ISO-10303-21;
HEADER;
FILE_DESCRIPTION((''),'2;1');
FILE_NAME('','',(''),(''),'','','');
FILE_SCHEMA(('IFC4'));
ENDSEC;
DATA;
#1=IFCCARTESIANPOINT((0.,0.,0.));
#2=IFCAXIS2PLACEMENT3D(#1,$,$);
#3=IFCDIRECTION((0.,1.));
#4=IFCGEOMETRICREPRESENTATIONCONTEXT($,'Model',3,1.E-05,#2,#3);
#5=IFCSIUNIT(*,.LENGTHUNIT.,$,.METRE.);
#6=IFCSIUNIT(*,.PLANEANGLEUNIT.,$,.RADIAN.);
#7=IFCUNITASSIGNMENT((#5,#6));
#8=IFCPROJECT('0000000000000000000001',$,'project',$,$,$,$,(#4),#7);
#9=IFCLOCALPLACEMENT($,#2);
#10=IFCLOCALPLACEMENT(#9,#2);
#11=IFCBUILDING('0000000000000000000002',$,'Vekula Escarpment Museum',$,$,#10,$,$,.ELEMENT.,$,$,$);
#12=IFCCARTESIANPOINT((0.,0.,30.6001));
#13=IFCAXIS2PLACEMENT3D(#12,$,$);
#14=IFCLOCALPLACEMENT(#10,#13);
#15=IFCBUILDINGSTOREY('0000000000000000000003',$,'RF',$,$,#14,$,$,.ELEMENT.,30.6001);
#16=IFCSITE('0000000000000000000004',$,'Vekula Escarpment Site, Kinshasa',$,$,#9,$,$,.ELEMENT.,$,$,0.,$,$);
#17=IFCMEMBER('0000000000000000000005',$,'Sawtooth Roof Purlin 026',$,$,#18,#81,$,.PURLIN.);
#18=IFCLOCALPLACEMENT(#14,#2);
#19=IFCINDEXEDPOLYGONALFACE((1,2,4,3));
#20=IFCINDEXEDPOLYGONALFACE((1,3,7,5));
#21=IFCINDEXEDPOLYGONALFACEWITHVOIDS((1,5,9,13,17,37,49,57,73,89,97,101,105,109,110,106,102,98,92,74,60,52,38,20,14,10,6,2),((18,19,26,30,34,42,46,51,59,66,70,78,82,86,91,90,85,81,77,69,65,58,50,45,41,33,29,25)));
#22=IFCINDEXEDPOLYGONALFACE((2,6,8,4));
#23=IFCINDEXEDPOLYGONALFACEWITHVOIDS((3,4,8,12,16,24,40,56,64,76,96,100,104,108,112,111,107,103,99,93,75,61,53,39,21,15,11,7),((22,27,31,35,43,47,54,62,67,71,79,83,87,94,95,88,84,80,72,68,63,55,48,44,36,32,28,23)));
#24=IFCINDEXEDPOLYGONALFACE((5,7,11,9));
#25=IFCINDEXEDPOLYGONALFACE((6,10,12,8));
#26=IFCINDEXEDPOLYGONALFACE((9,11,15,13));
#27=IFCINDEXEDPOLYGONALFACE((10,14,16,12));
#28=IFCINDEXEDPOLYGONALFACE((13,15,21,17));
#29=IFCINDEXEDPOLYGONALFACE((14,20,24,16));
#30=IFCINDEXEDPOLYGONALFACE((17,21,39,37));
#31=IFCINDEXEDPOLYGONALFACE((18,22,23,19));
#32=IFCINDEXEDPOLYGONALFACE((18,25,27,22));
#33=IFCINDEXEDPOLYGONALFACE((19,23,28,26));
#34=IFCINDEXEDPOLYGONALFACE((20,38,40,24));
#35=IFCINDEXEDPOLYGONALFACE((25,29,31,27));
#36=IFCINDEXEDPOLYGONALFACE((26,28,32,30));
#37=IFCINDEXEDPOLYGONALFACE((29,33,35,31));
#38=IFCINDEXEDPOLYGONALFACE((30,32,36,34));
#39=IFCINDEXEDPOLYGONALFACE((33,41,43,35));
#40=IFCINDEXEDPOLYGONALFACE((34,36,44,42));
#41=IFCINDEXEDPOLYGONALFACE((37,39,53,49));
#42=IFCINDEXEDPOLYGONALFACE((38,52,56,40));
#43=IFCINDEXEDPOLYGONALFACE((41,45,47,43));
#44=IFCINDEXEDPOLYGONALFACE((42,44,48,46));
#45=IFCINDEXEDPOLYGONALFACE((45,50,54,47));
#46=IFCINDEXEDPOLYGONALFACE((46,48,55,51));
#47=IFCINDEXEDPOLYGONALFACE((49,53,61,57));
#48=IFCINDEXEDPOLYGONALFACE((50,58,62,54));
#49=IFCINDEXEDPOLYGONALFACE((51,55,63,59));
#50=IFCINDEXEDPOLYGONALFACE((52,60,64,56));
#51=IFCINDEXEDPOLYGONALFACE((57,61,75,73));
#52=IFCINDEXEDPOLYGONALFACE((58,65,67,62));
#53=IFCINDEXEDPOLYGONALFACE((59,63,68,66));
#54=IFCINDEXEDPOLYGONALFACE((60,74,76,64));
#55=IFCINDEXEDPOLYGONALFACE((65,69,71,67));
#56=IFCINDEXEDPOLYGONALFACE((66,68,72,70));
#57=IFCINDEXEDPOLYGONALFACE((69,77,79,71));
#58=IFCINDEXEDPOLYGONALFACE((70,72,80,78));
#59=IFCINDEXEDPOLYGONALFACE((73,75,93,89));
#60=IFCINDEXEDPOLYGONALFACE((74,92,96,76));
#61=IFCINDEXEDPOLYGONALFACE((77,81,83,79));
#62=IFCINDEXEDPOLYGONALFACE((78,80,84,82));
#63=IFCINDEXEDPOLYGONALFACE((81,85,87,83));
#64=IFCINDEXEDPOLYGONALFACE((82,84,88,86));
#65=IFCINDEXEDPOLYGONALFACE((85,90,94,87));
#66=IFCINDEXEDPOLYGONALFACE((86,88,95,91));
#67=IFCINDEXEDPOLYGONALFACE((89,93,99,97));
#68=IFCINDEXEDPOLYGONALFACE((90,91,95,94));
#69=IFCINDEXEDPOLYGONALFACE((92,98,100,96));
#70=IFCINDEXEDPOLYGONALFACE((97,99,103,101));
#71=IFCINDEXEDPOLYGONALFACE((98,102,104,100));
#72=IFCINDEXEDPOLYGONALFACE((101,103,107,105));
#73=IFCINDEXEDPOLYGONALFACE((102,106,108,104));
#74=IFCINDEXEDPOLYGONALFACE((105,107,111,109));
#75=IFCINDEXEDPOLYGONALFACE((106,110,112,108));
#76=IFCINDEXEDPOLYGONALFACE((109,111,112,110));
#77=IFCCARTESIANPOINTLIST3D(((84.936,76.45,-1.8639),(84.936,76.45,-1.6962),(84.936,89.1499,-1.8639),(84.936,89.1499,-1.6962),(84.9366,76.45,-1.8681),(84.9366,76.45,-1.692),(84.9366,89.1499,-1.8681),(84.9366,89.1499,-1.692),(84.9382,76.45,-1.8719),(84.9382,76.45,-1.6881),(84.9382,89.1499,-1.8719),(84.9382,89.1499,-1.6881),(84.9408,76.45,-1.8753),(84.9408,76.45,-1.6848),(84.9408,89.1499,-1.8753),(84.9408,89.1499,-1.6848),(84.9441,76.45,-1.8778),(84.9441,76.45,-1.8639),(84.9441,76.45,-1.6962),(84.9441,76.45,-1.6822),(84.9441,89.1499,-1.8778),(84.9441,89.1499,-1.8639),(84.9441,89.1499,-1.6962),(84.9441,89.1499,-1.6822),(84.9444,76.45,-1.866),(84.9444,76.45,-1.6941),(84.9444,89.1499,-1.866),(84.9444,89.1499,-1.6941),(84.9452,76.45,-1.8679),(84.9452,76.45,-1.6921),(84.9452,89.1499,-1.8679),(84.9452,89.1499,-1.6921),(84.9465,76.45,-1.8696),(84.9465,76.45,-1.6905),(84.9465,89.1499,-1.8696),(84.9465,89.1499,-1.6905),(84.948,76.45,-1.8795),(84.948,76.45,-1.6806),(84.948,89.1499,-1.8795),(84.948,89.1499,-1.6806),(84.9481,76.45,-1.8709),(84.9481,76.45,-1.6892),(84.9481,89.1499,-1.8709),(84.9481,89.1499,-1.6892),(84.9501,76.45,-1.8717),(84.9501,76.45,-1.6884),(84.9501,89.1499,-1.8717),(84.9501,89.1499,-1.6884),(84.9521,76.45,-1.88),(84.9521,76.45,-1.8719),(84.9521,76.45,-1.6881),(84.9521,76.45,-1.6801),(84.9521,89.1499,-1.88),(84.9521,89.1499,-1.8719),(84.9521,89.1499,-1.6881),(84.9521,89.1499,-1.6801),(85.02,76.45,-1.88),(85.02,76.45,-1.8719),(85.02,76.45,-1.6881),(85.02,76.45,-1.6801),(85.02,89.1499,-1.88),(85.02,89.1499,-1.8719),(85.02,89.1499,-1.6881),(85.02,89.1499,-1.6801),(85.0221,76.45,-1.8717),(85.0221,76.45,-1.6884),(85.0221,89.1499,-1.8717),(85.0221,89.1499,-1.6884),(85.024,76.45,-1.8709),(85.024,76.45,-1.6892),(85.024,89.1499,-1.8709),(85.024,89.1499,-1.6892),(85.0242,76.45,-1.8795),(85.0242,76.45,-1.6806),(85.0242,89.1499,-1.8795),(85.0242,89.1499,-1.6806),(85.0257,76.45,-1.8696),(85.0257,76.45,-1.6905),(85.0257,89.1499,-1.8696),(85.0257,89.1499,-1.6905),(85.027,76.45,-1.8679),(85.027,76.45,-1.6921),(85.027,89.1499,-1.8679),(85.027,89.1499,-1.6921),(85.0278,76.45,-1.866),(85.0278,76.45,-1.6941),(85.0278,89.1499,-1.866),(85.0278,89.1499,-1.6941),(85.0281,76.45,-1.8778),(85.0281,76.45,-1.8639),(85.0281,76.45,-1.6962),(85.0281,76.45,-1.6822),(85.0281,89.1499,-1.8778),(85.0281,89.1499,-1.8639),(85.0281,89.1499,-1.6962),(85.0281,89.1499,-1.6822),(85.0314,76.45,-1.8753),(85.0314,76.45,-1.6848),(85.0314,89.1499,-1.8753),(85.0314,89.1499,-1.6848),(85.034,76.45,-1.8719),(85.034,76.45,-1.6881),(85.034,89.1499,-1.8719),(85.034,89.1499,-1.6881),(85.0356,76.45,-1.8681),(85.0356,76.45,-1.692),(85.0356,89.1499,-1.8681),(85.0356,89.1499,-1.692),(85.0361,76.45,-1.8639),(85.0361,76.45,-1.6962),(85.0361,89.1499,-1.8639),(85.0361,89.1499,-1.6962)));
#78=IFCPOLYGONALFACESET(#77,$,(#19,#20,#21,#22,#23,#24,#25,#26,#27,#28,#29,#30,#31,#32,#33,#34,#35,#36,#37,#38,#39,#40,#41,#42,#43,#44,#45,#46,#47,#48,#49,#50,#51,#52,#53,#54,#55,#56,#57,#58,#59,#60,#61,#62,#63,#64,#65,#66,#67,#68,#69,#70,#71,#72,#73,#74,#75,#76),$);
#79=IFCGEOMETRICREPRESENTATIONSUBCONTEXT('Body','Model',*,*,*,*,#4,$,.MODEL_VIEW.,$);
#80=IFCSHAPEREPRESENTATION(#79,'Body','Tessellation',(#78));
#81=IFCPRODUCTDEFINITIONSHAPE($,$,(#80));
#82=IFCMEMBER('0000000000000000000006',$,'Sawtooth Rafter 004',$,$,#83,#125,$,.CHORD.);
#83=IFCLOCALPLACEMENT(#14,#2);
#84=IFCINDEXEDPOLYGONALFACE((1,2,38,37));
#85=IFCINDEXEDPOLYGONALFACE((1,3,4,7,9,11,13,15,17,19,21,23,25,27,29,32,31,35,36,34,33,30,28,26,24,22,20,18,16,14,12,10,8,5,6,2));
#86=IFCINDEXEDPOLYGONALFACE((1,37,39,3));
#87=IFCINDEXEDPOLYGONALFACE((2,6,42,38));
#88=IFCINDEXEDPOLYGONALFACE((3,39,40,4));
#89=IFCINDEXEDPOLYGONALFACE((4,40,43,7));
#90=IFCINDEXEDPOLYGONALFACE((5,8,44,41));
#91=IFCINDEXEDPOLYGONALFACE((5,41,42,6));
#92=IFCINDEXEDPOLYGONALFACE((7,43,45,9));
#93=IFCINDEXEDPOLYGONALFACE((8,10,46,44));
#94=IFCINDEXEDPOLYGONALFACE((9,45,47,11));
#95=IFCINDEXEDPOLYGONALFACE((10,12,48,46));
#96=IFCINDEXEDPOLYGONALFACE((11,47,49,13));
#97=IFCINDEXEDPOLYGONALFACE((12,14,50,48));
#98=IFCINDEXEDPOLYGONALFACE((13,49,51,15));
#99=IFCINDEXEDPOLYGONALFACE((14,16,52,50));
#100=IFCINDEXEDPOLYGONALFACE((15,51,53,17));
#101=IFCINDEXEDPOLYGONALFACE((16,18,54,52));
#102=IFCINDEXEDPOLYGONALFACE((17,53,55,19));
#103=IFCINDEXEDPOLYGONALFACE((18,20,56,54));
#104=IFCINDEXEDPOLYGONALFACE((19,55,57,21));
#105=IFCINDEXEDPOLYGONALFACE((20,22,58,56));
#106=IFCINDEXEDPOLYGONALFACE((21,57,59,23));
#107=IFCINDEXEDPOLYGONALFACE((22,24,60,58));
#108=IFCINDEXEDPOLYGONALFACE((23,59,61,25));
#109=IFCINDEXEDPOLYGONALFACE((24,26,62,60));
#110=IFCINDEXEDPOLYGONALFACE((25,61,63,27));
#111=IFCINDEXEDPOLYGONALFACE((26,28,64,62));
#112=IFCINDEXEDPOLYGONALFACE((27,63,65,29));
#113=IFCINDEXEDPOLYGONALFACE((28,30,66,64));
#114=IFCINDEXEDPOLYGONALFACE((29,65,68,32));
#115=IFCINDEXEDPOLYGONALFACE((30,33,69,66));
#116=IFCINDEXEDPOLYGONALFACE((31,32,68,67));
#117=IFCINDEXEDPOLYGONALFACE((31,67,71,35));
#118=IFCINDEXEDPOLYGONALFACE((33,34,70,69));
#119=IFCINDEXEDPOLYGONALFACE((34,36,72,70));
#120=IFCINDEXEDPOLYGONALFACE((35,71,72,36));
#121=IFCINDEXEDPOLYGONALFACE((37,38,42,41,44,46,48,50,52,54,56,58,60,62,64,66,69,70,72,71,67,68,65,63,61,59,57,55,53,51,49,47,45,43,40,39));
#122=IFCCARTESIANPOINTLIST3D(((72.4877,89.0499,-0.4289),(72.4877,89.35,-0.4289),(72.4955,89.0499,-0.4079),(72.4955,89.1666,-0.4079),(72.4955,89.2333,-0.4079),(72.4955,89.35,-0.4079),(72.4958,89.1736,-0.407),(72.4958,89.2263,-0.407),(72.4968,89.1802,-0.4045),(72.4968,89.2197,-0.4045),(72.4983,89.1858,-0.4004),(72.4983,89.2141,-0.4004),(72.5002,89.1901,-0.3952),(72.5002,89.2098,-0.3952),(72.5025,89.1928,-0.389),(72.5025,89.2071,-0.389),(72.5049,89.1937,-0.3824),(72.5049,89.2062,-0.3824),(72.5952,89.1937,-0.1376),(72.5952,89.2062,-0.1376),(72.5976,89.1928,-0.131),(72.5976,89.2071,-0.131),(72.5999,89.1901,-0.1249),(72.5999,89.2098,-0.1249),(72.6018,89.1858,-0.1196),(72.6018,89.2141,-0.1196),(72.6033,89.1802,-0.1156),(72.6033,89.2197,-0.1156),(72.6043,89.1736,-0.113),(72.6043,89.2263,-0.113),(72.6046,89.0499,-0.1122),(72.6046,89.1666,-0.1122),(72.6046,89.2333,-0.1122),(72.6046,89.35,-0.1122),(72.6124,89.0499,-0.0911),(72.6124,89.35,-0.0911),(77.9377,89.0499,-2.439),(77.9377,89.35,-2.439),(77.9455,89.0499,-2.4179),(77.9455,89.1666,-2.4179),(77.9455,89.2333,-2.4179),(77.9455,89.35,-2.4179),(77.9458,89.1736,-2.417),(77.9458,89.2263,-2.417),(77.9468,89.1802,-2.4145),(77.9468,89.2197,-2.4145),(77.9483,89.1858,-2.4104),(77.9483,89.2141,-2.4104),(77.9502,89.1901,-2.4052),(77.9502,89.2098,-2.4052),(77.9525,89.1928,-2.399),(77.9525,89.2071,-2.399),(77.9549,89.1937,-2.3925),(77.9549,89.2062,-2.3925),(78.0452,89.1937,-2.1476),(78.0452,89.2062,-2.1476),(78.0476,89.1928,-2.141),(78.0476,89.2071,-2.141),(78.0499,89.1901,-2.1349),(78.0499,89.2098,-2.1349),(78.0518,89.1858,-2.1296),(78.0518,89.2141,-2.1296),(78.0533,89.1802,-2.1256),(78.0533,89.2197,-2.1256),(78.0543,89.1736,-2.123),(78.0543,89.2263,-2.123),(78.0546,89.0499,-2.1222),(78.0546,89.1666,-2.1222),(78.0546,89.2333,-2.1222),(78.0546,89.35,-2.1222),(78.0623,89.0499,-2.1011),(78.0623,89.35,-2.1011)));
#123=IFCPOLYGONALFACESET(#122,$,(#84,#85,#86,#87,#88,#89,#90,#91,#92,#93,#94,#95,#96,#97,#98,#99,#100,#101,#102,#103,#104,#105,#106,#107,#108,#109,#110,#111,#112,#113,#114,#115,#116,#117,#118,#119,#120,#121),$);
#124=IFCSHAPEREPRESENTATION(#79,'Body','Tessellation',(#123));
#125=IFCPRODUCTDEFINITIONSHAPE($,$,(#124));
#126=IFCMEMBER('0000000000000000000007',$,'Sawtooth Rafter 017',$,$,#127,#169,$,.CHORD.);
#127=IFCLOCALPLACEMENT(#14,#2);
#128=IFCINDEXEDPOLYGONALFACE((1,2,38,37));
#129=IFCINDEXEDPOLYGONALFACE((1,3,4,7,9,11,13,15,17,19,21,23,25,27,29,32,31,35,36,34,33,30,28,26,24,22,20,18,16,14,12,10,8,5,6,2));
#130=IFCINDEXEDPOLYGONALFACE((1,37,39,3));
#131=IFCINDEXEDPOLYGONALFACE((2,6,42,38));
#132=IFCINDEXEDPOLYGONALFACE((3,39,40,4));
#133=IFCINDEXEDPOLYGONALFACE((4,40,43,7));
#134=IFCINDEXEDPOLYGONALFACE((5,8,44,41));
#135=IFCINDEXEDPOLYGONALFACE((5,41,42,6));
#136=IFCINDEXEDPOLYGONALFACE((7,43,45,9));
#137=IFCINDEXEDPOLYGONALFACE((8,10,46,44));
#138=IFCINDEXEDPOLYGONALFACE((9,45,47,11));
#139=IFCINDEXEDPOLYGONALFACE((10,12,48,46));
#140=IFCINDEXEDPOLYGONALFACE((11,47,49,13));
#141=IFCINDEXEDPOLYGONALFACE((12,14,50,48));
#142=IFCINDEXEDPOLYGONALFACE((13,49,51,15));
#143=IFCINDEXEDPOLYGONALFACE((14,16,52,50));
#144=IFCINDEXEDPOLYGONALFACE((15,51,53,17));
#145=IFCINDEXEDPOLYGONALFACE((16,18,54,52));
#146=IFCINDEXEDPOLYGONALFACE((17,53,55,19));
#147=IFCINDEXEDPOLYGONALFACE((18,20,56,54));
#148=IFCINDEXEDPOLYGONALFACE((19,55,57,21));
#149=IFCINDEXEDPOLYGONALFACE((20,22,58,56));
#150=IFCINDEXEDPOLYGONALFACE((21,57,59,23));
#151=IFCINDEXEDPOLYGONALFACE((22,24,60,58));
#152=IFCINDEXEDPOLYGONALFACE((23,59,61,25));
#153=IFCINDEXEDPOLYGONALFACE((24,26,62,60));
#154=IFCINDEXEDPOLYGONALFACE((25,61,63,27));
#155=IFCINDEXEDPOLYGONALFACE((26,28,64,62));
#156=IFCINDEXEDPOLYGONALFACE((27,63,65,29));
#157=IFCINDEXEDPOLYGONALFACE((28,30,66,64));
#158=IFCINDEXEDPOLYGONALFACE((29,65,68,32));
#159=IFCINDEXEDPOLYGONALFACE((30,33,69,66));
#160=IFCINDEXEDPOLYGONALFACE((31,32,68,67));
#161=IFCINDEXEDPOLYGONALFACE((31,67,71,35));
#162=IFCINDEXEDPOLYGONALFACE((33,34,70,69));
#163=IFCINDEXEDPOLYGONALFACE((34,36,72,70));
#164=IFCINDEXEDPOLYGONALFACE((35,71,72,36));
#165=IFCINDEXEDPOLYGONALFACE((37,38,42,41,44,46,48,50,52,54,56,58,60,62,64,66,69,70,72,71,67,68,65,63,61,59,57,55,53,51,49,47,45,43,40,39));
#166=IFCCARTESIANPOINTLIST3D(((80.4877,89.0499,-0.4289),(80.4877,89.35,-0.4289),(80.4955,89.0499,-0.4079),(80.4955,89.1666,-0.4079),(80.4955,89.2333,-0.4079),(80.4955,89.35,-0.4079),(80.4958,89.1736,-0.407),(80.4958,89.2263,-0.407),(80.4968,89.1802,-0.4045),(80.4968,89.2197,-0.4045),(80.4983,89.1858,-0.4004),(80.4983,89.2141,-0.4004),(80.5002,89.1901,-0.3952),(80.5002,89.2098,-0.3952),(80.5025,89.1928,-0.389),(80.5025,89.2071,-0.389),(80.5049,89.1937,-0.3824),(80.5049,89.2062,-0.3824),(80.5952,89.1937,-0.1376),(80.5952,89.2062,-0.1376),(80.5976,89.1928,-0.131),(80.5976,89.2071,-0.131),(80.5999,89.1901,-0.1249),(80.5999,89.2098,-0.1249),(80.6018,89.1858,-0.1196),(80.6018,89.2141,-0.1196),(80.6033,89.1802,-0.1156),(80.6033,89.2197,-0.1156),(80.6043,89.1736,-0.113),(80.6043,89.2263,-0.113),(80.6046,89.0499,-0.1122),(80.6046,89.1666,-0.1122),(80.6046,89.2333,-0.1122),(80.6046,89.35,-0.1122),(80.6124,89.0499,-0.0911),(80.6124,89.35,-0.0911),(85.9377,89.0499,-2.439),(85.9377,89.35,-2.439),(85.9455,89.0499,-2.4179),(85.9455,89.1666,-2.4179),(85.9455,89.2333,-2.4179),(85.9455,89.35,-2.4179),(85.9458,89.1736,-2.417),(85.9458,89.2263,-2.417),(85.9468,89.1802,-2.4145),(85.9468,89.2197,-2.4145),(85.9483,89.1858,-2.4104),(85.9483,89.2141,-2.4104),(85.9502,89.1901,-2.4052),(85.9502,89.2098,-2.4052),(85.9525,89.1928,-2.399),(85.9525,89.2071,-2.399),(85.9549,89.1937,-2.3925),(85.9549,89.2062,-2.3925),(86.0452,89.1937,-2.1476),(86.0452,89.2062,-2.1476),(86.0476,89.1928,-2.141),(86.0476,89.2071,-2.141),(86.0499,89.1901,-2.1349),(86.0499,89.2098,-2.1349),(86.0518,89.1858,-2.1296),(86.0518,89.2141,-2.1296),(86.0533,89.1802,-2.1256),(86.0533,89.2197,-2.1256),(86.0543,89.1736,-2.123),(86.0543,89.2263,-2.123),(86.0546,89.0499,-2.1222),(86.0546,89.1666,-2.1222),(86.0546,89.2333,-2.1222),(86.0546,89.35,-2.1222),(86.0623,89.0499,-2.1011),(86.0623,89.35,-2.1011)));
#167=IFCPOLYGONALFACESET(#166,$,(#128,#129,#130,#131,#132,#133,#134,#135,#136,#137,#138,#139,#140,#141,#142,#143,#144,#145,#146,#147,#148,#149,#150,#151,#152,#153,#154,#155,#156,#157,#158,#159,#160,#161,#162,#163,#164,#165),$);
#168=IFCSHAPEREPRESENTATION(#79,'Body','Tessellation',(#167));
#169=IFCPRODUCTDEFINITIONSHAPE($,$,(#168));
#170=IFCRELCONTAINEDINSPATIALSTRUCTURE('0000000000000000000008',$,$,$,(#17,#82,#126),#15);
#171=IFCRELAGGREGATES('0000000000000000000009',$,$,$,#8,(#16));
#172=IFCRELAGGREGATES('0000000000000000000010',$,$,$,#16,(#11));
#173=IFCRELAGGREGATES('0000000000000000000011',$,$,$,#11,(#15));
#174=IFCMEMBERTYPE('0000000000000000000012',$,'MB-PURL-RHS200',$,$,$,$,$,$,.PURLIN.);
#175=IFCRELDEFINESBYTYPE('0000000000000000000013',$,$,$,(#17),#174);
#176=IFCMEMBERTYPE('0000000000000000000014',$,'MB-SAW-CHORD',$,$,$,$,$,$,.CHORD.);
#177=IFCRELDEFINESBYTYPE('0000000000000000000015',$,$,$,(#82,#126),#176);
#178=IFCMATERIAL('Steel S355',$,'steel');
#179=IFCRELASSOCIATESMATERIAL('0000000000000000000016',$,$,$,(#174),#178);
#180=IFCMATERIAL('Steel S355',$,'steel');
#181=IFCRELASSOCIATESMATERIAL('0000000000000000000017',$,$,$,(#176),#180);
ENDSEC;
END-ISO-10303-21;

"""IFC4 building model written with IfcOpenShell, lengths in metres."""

from ifc_helpers import new_model, si_unit, direction, frame, origin, origin_2d, place, context, subcontext, project, spatial, hollow_rectangle, i_section, extrude, material, material_profile, profile_set, type_object, element, save


model = new_model("IFC4")

# Units and contexts
model_context = context("Model", 3, precision=1e-05, world=origin(), true_north=direction((0.0, 1.0)))
body_context = subcontext(model_context, "Body", "Model", "MODEL_VIEW")
ifc_project = project(units=[si_unit("LENGTHUNIT", "METRE"), si_unit("PLANEANGLEUNIT", "RADIAN")], contexts=[model_context])

# Site, building, storey
site_placement = place(None, origin())
site = spatial("IfcSite", under=ifc_project, at=site_placement, Name="Vekula Escarpment Site, Kinshasa", CompositionType="ELEMENT", RefElevation=0.0)
building_placement = place(site_placement, origin())
building = spatial("IfcBuilding", under=site, at=building_placement, Name="Vekula Escarpment Museum", CompositionType="ELEMENT")
storey_placement = place(building_placement, frame((0.0, 0.0, 30.6001)))
storey = spatial("IfcBuildingStorey", under=building, at=storey_placement, Name="RF", CompositionType="ELEMENT", Elevation=30.6001)

# Members
ifc_material_1 = material(Name="Steel S355", Category="steel")
ifc_material_profile_1 = material_profile(ifc_material_1, hollow_rectangle(XDim=0.1001, YDim=0.2, WallThickness=0.0081, InnerFilletRadius=0.0081, OuterFilletRadius=0.0161, at=origin_2d()), Name="RHS 200x100x8")
ifc_profile_set_1 = profile_set([ifc_material_profile_1], Name="Steel S355")
member_type_1 = type_object("IfcMemberType", Name="MB-PURL-RHS200", PredefinedType="PURLIN", material=ifc_profile_set_1)
for number, where, z_axis, x_axis, name in (
    (1, (84.9861, 76.45, -1.78), (0.0, 1.0, 0.0), (-1.0, 0.0, 0.0), "Sawtooth Roof Purlin 026"),
):
    element("IfcMember", number, at=place(storey_placement, frame(where, z_axis=z_axis, x_axis=x_axis)), inside=storey, type_object=member_type_1, Name=name, PredefinedType="PURLIN", context=body_context, shape_type="SweptSolid", body=[
        extrude(hollow_rectangle(XDim=0.1001, YDim=0.2, WallThickness=0.0081, InnerFilletRadius=0.0081, OuterFilletRadius=0.0161, at=origin_2d()), origin(), (0.0, 0.0, 1.0), 12.7),
    ])
ifc_material_2 = material(Name="Steel S355", Category="steel")
ifc_material_profile_2 = material_profile(ifc_material_2, i_section(OverallWidth=0.3, OverallDepth=0.3601, WebThickness=0.0125, FlangeThickness=0.0225, FilletRadius=0.0271, at=origin_2d()), Name="HEB 360")
ifc_profile_set_2 = profile_set([ifc_material_profile_2], Name="Steel S355")
member_type_2 = type_object("IfcMemberType", Name="MB-SAW-CHORD", PredefinedType="CHORD", material=ifc_profile_set_2)
for number, where, z_axis, x_axis, name in (
    (2, (72.55, 89.2, -0.26), (0.938224, 0.0, -0.346029), (0.0, 1.0, 0.0), "Sawtooth Rafter 004"),
    (3, (80.55, 89.2, -0.26), (0.938224, 0.0, -0.346029), (0.0, 1.0, 0.0), "Sawtooth Rafter 017"),
):
    element("IfcMember", number, at=place(storey_placement, frame(where, z_axis=z_axis, x_axis=x_axis)), inside=storey, type_object=member_type_2, Name=name, PredefinedType="CHORD", context=body_context, shape_type="SweptSolid", body=[
        extrude(i_section(OverallWidth=0.3, OverallDepth=0.3601, WebThickness=0.0125, FlangeThickness=0.0225, FilletRadius=0.0271, at=origin_2d()), origin(), (0.0, 0.0, 1.0), 5.8088),
    ])

save(model, "model.ifc")
